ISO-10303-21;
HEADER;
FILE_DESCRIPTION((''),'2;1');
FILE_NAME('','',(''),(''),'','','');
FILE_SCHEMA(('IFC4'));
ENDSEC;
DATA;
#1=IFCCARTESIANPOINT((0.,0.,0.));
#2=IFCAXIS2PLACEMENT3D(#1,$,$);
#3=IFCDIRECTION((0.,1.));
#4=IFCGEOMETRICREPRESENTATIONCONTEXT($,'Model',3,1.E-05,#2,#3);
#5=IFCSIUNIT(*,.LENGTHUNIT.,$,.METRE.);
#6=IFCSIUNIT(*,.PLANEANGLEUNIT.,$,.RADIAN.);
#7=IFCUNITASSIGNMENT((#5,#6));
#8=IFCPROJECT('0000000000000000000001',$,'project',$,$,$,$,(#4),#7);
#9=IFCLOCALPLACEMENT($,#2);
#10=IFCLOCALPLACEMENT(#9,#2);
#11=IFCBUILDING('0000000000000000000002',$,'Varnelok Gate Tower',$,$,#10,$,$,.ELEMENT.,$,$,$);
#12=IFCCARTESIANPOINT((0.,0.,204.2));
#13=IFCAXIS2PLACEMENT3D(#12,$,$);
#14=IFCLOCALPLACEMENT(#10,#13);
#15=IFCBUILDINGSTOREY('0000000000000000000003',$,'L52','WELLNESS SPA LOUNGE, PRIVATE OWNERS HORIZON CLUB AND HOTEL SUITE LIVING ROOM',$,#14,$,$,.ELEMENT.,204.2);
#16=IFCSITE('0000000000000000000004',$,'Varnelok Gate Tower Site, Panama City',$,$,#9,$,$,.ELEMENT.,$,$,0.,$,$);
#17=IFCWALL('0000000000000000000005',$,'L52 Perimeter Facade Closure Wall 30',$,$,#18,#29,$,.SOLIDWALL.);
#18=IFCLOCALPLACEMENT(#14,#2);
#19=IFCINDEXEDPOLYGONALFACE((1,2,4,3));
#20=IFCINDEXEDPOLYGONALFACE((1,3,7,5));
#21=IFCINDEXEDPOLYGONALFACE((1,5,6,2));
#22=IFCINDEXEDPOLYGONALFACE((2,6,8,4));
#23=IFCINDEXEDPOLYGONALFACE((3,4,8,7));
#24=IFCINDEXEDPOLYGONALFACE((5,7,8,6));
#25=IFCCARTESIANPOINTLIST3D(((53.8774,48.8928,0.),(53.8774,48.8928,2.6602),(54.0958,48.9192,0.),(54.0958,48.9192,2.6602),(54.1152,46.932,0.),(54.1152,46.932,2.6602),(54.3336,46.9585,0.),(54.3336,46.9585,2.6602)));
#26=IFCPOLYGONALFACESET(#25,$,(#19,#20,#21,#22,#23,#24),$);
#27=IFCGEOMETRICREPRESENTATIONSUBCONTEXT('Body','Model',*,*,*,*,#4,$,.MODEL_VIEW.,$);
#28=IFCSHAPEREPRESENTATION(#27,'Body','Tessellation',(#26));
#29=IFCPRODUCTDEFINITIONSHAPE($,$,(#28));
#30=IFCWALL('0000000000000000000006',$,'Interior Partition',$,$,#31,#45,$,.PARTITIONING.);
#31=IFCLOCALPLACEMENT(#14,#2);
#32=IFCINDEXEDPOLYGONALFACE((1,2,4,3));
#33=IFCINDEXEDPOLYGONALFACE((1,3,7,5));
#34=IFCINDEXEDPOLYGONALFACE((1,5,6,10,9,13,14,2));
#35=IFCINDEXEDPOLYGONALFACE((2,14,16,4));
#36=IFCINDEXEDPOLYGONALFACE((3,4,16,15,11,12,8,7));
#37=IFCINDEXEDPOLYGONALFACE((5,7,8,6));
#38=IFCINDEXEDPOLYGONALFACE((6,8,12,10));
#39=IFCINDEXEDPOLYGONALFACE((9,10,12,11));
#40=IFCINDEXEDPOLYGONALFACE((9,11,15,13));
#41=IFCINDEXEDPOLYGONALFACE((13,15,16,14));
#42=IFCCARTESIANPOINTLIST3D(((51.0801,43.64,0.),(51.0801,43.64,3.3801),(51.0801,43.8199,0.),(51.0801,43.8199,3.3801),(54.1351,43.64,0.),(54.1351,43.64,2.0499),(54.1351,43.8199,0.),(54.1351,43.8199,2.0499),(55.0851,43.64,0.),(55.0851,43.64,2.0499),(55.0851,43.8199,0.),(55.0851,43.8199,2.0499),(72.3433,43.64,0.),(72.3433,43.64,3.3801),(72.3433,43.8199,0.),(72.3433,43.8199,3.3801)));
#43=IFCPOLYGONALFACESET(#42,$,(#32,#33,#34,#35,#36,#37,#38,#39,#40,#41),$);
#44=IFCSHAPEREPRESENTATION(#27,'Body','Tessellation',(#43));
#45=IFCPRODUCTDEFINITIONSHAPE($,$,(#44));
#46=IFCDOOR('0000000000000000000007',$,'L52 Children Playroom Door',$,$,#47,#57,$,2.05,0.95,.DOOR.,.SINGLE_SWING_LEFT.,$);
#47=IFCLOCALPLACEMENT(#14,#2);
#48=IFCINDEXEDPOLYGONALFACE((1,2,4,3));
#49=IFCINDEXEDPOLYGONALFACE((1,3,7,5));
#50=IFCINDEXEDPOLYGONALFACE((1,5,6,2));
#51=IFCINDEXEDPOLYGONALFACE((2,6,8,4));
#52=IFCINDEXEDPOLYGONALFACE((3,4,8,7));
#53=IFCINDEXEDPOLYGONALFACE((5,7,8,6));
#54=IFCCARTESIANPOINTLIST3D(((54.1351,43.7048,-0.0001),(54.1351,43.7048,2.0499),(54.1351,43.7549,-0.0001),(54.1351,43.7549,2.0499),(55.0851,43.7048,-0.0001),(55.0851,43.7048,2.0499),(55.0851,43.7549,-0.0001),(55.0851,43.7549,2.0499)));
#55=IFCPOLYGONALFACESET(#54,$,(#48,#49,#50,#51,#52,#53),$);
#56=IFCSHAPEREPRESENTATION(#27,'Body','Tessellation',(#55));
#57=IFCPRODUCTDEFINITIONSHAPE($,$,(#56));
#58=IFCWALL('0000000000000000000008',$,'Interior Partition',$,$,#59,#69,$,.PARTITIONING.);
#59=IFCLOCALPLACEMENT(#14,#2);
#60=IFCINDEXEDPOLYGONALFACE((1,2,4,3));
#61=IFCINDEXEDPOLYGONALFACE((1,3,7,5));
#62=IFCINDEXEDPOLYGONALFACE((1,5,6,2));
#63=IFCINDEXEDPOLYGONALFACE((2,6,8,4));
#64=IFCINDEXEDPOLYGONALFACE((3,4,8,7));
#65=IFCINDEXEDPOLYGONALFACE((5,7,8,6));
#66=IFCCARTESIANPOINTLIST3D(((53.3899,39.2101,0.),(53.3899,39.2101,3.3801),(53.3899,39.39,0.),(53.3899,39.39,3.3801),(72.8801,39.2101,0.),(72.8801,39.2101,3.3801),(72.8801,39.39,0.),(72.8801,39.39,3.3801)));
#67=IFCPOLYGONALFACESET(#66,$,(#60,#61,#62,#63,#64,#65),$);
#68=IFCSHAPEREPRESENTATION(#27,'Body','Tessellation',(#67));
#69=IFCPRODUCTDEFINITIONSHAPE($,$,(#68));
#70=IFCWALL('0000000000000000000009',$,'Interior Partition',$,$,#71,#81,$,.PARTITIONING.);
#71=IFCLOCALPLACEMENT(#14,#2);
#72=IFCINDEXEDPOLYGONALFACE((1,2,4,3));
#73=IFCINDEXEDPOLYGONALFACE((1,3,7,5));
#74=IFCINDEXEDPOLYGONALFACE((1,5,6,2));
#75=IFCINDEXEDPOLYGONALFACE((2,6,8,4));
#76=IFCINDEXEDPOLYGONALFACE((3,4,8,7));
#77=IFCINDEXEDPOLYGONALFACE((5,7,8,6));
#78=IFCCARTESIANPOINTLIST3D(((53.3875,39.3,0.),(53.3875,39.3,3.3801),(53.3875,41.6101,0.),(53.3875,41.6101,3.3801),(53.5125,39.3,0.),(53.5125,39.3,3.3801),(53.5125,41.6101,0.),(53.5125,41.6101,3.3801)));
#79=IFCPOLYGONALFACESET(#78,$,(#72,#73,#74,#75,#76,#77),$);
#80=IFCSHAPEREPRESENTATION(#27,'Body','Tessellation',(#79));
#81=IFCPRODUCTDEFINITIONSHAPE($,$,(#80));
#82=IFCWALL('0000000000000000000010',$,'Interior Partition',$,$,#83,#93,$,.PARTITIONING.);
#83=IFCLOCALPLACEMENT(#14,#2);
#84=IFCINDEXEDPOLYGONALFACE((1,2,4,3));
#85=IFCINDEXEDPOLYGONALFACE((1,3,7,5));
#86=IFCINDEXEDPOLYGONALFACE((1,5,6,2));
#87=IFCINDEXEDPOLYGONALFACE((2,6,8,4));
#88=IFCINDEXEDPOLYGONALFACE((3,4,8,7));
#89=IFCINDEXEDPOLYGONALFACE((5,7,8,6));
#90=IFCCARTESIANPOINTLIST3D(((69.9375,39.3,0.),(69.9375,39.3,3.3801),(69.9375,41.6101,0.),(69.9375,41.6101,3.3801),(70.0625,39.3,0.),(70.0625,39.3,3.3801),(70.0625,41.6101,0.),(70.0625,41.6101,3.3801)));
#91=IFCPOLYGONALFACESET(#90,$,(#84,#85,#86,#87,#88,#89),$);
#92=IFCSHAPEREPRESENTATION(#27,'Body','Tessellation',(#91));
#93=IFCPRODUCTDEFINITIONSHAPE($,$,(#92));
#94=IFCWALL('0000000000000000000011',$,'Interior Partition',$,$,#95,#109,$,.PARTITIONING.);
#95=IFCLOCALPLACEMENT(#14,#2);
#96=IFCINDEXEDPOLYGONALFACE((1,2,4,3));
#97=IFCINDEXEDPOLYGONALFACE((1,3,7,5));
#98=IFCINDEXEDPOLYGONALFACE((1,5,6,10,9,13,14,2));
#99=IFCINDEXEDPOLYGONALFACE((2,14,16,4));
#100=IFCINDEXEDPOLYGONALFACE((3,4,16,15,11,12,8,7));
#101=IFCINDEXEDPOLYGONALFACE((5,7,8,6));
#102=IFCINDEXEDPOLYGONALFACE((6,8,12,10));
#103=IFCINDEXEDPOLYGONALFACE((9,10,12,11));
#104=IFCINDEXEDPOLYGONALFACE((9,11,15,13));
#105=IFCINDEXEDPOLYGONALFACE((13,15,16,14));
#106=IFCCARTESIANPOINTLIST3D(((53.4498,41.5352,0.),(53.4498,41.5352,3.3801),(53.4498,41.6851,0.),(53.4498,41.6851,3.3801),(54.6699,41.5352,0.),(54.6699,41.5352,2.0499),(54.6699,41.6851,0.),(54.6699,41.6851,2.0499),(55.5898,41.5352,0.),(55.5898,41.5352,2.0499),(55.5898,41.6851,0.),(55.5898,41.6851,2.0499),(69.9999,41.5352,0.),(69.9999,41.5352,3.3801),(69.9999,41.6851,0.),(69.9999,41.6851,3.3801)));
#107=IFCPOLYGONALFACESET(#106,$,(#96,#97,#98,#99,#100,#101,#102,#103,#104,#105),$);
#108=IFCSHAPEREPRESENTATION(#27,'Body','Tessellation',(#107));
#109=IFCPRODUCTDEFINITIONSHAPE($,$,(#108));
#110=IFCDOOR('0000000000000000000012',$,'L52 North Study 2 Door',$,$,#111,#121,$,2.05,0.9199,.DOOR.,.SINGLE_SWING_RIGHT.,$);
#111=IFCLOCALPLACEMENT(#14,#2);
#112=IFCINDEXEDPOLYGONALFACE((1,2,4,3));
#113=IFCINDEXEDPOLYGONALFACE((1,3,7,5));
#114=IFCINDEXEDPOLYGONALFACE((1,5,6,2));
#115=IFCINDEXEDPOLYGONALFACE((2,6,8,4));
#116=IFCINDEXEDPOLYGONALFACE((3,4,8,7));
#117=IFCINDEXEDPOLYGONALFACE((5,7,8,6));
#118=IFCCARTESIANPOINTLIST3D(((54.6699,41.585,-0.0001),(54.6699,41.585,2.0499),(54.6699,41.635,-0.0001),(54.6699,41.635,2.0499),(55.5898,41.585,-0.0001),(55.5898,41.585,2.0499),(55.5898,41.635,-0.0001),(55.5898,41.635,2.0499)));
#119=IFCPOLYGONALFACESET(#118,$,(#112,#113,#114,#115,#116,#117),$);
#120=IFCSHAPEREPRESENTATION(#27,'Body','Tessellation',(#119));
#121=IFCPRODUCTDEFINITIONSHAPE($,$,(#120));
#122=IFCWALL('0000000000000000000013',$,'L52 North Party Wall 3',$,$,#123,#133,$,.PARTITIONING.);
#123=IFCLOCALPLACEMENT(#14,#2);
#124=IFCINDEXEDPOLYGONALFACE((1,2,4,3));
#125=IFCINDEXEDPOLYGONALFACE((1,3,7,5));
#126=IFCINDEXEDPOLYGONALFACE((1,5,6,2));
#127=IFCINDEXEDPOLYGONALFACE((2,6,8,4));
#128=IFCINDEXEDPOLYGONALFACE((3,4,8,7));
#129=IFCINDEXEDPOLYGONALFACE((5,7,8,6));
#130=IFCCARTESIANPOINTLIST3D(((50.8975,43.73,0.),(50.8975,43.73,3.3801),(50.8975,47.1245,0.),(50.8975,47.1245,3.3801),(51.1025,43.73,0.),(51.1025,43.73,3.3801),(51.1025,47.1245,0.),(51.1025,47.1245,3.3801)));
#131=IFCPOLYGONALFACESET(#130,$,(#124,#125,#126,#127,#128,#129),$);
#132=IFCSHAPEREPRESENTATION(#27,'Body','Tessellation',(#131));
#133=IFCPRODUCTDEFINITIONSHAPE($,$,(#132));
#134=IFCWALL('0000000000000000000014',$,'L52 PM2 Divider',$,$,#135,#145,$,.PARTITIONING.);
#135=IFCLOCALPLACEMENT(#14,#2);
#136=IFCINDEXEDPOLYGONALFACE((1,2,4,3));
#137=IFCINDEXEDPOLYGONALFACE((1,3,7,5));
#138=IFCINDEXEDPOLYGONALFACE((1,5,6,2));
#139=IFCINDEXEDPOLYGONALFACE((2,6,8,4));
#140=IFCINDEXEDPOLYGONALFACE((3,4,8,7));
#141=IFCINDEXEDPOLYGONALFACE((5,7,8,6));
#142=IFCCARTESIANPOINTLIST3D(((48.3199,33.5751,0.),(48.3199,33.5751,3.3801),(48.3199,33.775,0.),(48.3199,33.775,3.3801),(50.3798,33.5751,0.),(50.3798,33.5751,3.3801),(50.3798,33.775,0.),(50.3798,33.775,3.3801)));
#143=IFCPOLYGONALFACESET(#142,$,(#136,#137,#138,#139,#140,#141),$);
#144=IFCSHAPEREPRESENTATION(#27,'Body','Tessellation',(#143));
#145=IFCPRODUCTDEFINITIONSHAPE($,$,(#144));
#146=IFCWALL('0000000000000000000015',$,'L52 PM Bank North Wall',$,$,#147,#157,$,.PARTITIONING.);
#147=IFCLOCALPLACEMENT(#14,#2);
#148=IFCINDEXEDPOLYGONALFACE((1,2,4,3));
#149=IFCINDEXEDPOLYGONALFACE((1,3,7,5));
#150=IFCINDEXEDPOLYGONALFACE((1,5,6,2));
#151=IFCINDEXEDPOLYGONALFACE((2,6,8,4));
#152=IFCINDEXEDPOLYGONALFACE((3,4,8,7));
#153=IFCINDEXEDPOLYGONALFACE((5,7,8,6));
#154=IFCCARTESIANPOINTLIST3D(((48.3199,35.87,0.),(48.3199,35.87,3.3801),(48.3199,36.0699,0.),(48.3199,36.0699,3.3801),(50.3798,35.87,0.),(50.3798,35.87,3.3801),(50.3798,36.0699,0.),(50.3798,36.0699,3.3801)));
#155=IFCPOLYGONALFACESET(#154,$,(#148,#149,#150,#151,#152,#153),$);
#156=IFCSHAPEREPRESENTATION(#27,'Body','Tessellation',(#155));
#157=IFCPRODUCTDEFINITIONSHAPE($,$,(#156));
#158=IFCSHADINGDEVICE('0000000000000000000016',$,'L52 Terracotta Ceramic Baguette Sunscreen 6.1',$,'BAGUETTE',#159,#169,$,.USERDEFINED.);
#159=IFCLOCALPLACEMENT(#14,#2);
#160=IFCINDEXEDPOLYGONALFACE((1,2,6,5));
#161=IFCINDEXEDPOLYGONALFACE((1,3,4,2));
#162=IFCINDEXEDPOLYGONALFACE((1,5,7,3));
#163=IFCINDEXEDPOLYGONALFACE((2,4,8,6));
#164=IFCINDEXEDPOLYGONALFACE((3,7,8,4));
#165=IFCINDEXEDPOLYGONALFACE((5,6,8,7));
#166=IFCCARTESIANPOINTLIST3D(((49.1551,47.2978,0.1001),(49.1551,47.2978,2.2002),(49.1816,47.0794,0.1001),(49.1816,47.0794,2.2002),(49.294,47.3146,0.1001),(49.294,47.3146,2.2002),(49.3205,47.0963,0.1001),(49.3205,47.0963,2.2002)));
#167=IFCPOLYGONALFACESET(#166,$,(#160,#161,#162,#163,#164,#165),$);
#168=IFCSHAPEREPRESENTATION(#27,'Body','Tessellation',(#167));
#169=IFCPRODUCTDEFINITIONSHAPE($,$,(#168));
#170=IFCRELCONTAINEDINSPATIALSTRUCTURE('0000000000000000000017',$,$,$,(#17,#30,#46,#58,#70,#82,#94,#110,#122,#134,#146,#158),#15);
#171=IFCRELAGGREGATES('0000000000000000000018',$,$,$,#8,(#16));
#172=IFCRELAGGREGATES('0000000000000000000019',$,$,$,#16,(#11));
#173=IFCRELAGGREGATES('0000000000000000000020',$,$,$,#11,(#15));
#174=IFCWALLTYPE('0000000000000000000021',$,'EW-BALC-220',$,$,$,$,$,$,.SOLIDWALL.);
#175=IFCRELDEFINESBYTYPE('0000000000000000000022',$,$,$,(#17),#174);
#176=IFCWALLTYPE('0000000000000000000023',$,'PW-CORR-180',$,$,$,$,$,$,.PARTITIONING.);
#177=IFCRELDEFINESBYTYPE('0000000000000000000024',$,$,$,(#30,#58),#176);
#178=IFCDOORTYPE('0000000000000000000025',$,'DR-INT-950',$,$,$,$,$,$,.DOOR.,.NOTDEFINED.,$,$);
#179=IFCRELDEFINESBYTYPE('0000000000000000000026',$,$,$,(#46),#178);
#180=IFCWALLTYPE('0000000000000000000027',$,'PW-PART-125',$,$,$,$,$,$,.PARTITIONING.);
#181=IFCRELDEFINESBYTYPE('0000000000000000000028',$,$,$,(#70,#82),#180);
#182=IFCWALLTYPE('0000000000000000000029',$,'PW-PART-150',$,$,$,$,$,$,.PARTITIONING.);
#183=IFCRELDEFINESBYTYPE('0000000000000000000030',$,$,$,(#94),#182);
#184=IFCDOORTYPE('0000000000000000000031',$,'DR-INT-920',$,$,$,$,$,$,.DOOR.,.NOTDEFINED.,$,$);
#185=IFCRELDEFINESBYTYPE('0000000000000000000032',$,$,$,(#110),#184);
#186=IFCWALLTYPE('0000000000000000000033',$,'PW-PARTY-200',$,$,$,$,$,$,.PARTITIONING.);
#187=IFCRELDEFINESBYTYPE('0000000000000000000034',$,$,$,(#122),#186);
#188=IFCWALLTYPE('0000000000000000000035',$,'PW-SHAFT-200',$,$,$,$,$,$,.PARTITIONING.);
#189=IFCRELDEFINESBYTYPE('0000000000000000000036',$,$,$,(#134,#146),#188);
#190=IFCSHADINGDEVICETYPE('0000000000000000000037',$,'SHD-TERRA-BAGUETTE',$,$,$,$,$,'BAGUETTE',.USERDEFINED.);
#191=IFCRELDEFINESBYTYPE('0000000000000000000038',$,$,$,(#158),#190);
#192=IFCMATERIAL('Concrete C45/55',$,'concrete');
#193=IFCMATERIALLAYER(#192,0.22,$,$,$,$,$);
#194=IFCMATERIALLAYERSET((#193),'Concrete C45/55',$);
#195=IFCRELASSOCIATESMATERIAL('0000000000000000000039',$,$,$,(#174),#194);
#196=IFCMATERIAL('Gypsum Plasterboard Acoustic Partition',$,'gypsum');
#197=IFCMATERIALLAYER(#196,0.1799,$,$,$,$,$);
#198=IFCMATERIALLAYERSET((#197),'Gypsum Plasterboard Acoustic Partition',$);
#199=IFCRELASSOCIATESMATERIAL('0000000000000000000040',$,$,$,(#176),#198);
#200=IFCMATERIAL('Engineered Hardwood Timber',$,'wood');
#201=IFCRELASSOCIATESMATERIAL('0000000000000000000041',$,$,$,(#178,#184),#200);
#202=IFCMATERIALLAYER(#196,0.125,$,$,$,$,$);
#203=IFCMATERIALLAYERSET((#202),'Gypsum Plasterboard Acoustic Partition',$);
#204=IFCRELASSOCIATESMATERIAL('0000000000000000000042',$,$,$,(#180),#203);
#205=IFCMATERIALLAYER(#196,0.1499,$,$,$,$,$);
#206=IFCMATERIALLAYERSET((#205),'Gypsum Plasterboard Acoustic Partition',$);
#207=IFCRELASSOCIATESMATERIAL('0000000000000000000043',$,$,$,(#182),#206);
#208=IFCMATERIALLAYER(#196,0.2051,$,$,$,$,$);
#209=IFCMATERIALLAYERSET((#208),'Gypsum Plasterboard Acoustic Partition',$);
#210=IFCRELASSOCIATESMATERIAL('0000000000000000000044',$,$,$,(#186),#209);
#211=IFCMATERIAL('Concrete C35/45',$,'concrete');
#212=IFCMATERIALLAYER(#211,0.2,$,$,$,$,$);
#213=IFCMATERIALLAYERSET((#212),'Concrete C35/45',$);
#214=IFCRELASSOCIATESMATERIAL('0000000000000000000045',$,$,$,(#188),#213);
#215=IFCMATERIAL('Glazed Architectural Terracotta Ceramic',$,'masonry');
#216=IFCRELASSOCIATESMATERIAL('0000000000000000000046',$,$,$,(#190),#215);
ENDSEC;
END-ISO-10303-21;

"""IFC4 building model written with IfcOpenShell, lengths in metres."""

from ifc_helpers import new_model, si_unit, direction, frame, frame_2d, origin, origin_2d, place, context, subcontext, project, spatial, rectangle, extrude, source, transform, mapped, material, layer, layer_set, type_object, element, fill, save


model = new_model("IFC4")

# Units and contexts
model_context = context("Model", 3, precision=1e-05, world=origin(), true_north=direction((0.0, 1.0)))
body_context = subcontext(model_context, "Body", "Model", "MODEL_VIEW")
ifc_project = project(units=[si_unit("LENGTHUNIT", "METRE"), si_unit("PLANEANGLEUNIT", "RADIAN")], contexts=[model_context])

# Site, building, storey
site_placement = place(None, origin())
site = spatial("IfcSite", under=ifc_project, at=site_placement, Name="Varnelok Gate Tower Site, Panama City", CompositionType="ELEMENT", RefElevation=0.0)
building_placement = place(site_placement, origin())
building = spatial("IfcBuilding", under=site, at=building_placement, Name="Varnelok Gate Tower", CompositionType="ELEMENT")
storey_placement = place(building_placement, frame((0.0, 0.0, 204.2)))
storey = spatial("IfcBuildingStorey", under=building, at=storey_placement, Name="L52", Description="WELLNESS SPA LOUNGE, PRIVATE OWNERS HORIZON CLUB AND HOTEL SUITE LIVING ROOM", CompositionType="ELEMENT", Elevation=204.2)

# Shared definitions
ifc_material_1 = material(Name="Concrete C45/55", Category="concrete")
ifc_layer_1 = layer(ifc_material_1, 0.22)
ifc_layer_set_1 = layer_set([ifc_layer_1], Name="Concrete C45/55")
wall_type_1 = type_object("IfcWallType", Name="EW-BALC-220", PredefinedType="SOLIDWALL", material=ifc_layer_set_1)

# Wall
wall_1_placement = place(storey_placement, frame((53.9866, 48.906, 0.0), z_axis=(0.0, 0.0, 1.0), x_axis=(0.120398, -0.992726, 0.0)))
element("IfcWall", 1, at=wall_1_placement, inside=storey, type_object=wall_type_1, Name="L52 Perimeter Facade Closure Wall 30", PredefinedType="SOLIDWALL", context=body_context, shape_type="SweptSolid", body=[
    extrude(rectangle(XDim=1.9751, YDim=0.22, at=frame_2d((0.9875, 0.0))), origin(), (0.0, 0.0, 1.0), 2.6602),
])

# Wall, opening, door
ifc_material_2 = material(Name="Gypsum Plasterboard Acoustic Partition", Category="gypsum")
ifc_layer_2 = layer(ifc_material_2, 0.1799)
ifc_layer_set_2 = layer_set([ifc_layer_2], Name="Gypsum Plasterboard Acoustic Partition")
wall_type_2 = type_object("IfcWallType", Name="PW-CORR-180", PredefinedType="PARTITIONING", material=ifc_layer_set_2)
wall_2_placement = place(storey_placement, frame((51.0801, 43.73, 0.0), z_axis=(0.0, 0.0, 1.0), x_axis=(1.0, 0.0, 0.0)))
wall_2 = element("IfcWall", 2, at=wall_2_placement, inside=storey, type_object=wall_type_2, Name="Interior Partition", PredefinedType="PARTITIONING", context=body_context, shape_type="SweptSolid", body=[
    extrude(rectangle(XDim=21.2632, YDim=0.1799, at=frame_2d((10.6316, 0.0))), origin(), (0.0, 0.0, 1.0), 3.3801),
])
opening_1_placement = place(wall_2_placement, frame((3.0549, 0.0, 0.0)))
opening_1 = element("IfcOpeningElement", 3, at=opening_1_placement, cuts=wall_2, PredefinedType="OPENING", context=body_context, shape_type="SweptSolid", body=[
    extrude(rectangle(XDim=0.95, YDim=2.05, at=frame_2d((0.4751, 1.0249))), frame((0.0, 0.0999, 0.0), z_axis=(0.0, -1.0, 0.0), x_axis=(1.0, 0.0, 0.0)), (0.0, 0.0, 1.0), 0.2),
])
ifc_material_3 = material(Name="Engineered Hardwood Timber", Category="wood")
door_type_1 = type_object("IfcDoorType", Name="DR-INT-950", OperationType="NOTDEFINED", PredefinedType="DOOR", material=ifc_material_3)
door_1_placement = place(opening_1_placement, origin())
door_1 = element("IfcDoor", 4, at=door_1_placement, inside=storey, type_object=door_type_1, Name="L52 Children Playroom Door", OperationType="SINGLE_SWING_LEFT", OverallHeight=2.05, OverallWidth=0.95, PredefinedType="DOOR", context=body_context, shape_type="SweptSolid", body=[
    extrude(rectangle(XDim=0.95, YDim=2.05, at=frame_2d((0.4751, 1.0249))), frame((0.0, 0.0249, 0.0), z_axis=(0.0, -1.0, 0.0), x_axis=(1.0, 0.0, 0.0)), (0.0, 0.0, 1.0), 0.05),
])
fill(opening_1, door_1)

# Walls
wall_3_placement = place(storey_placement, frame((53.3899, 39.3, 0.0), z_axis=(0.0, 0.0, 1.0), x_axis=(1.0, 0.0, 0.0)))
element("IfcWall", 5, at=wall_3_placement, inside=storey, type_object=wall_type_2, Name="Interior Partition", PredefinedType="PARTITIONING", context=body_context, shape_type="SweptSolid", body=[
    extrude(rectangle(XDim=19.4902, YDim=0.1799, at=frame_2d((9.7451, 0.0))), origin(), (0.0, 0.0, 1.0), 3.3801),
])
ifc_layer_3 = layer(ifc_material_2, 0.125)
ifc_layer_set_3 = layer_set([ifc_layer_3], Name="Gypsum Plasterboard Acoustic Partition")
wall_type_3 = type_object("IfcWallType", Name="PW-PART-125", PredefinedType="PARTITIONING", material=ifc_layer_set_3)
for number, where, z_axis, x_axis, name in (
    (6, (53.45, 39.3, 0.0), (0.0, 0.0, 1.0), (0.0, 1.0, 0.0), "Interior Partition"),
    (7, (70.0, 39.3, 0.0), (0.0, 0.0, 1.0), (0.0, 1.0, 0.0), "Interior Partition"),
):
    element("IfcWall", number, at=place(storey_placement, frame(where, z_axis=z_axis, x_axis=x_axis)), inside=storey, type_object=wall_type_3, Name=name, PredefinedType="PARTITIONING", context=body_context, shape_type="SweptSolid", body=[
        extrude(rectangle(XDim=2.3101, YDim=0.125, at=frame_2d((1.155, 0.0))), origin(), (0.0, 0.0, 1.0), 3.3801),
    ])

# Wall, opening, door
ifc_layer_4 = layer(ifc_material_2, 0.1499)
ifc_layer_set_4 = layer_set([ifc_layer_4], Name="Gypsum Plasterboard Acoustic Partition")
wall_type_4 = type_object("IfcWallType", Name="PW-PART-150", PredefinedType="PARTITIONING", material=ifc_layer_set_4)
wall_4_placement = place(storey_placement, frame((53.45, 41.6101, 0.0), z_axis=(0.0, 0.0, 1.0), x_axis=(1.0, 0.0, 0.0)))
wall_4 = element("IfcWall", 8, at=wall_4_placement, inside=storey, type_object=wall_type_4, Name="Interior Partition", PredefinedType="PARTITIONING", context=body_context, shape_type="SweptSolid", body=[
    extrude(rectangle(XDim=16.55, YDim=0.1499, at=frame_2d((8.2749, 0.0))), origin(), (0.0, 0.0, 1.0), 3.3801),
])
opening_2_placement = place(wall_4_placement, frame((1.22, 0.0, 0.0)))
opening_2 = element("IfcOpeningElement", 9, at=opening_2_placement, cuts=wall_4, PredefinedType="OPENING", context=body_context, shape_type="SweptSolid", body=[
    extrude(rectangle(XDim=0.9199, YDim=2.05, at=frame_2d((0.46, 1.0249))), frame((0.0, 0.085, 0.0), z_axis=(0.0, -1.0, 0.0), x_axis=(1.0, 0.0, 0.0)), (0.0, 0.0, 1.0), 0.1699),
])
door_type_2 = type_object("IfcDoorType", Name="DR-INT-920", OperationType="NOTDEFINED", PredefinedType="DOOR", material=ifc_material_3)
door_2_placement = place(opening_2_placement, origin())
door_2 = element("IfcDoor", 10, at=door_2_placement, inside=storey, type_object=door_type_2, Name="L52 North Study 2 Door", OperationType="SINGLE_SWING_RIGHT", OverallHeight=2.05, OverallWidth=0.9199, PredefinedType="DOOR", context=body_context, shape_type="SweptSolid", body=[
    extrude(rectangle(XDim=0.9199, YDim=2.05, at=frame_2d((0.46, 1.0249))), frame((0.0, 0.0249, 0.0), z_axis=(0.0, -1.0, 0.0), x_axis=(1.0, 0.0, 0.0)), (0.0, 0.0, 1.0), 0.05),
])
fill(opening_2, door_2)

# Walls
ifc_layer_5 = layer(ifc_material_2, 0.2051)
ifc_layer_set_5 = layer_set([ifc_layer_5], Name="Gypsum Plasterboard Acoustic Partition")
wall_type_5 = type_object("IfcWallType", Name="PW-PARTY-200", PredefinedType="PARTITIONING", material=ifc_layer_set_5)
wall_5_placement = place(storey_placement, frame((51.0, 43.73, 0.0), z_axis=(0.0, 0.0, 1.0), x_axis=(0.0, 1.0, 0.0)))
element("IfcWall", 11, at=wall_5_placement, inside=storey, type_object=wall_type_5, Name="L52 North Party Wall 3", PredefinedType="PARTITIONING", context=body_context, shape_type="SweptSolid", body=[
    extrude(rectangle(XDim=3.3945, YDim=0.2051, at=frame_2d((1.6973, 0.0))), origin(), (0.0, 0.0, 1.0), 3.3801),
])
ifc_material_4 = material(Name="Concrete C35/45", Category="concrete")
ifc_layer_6 = layer(ifc_material_4, 0.2)
ifc_layer_set_6 = layer_set([ifc_layer_6], Name="Concrete C35/45")
wall_type_6 = type_object("IfcWallType", Name="PW-SHAFT-200", PredefinedType="PARTITIONING", material=ifc_layer_set_6)
for number, where, z_axis, x_axis, name in (
    (12, (48.3201, 33.675, 0.0), (0.0, 0.0, 1.0), (1.0, 0.0, 0.0), "L52 PM2 Divider"),
    (13, (48.3201, 35.97, 0.0), (0.0, 0.0, 1.0), (1.0, 0.0, 0.0), "L52 PM Bank North Wall"),
):
    element("IfcWall", number, at=place(storey_placement, frame(where, z_axis=z_axis, x_axis=x_axis)), inside=storey, type_object=wall_type_6, Name=name, PredefinedType="PARTITIONING", context=body_context, shape_type="SweptSolid", body=[
        extrude(rectangle(XDim=2.0598, YDim=0.2, at=frame_2d((1.0298, 0.0))), origin(), (0.0, 0.0, 1.0), 3.3801),
    ])

# Shading device
ifc_material_5 = material(Name="Glazed Architectural Terracotta Ceramic", Category="masonry")
shading_device_type = type_object("IfcShadingDeviceType", Name="SHD-TERRA-BAGUETTE", ElementType="BAGUETTE", PredefinedType="USERDEFINED", material=ifc_material_5)
shared_shape_1 = source(origin(), body_context, "Body", "SweptSolid", [
    extrude(rectangle(XDim=0.1399, YDim=0.22, at=origin_2d()), origin(), (0.0, 0.0, 1.0), 2.1001),
])
shading_device_placement = place(storey_placement, frame((49.2378, 47.197, 0.1001), z_axis=(0.0, 0.0, 1.0), x_axis=(0.992732, 0.120345, 0.0)))
element("IfcShadingDevice", 14, at=shading_device_placement, inside=storey, type_object=shading_device_type, Name="L52 Terracotta Ceramic Baguette Sunscreen 6.1", ObjectType="BAGUETTE", PredefinedType="USERDEFINED", context=body_context, shape_type="MappedRepresentation", body=[
    mapped(shared_shape_1, transform((0.0, 0.0, 0.0), scale=1.0)),
])

save(model, "model.ifc")
